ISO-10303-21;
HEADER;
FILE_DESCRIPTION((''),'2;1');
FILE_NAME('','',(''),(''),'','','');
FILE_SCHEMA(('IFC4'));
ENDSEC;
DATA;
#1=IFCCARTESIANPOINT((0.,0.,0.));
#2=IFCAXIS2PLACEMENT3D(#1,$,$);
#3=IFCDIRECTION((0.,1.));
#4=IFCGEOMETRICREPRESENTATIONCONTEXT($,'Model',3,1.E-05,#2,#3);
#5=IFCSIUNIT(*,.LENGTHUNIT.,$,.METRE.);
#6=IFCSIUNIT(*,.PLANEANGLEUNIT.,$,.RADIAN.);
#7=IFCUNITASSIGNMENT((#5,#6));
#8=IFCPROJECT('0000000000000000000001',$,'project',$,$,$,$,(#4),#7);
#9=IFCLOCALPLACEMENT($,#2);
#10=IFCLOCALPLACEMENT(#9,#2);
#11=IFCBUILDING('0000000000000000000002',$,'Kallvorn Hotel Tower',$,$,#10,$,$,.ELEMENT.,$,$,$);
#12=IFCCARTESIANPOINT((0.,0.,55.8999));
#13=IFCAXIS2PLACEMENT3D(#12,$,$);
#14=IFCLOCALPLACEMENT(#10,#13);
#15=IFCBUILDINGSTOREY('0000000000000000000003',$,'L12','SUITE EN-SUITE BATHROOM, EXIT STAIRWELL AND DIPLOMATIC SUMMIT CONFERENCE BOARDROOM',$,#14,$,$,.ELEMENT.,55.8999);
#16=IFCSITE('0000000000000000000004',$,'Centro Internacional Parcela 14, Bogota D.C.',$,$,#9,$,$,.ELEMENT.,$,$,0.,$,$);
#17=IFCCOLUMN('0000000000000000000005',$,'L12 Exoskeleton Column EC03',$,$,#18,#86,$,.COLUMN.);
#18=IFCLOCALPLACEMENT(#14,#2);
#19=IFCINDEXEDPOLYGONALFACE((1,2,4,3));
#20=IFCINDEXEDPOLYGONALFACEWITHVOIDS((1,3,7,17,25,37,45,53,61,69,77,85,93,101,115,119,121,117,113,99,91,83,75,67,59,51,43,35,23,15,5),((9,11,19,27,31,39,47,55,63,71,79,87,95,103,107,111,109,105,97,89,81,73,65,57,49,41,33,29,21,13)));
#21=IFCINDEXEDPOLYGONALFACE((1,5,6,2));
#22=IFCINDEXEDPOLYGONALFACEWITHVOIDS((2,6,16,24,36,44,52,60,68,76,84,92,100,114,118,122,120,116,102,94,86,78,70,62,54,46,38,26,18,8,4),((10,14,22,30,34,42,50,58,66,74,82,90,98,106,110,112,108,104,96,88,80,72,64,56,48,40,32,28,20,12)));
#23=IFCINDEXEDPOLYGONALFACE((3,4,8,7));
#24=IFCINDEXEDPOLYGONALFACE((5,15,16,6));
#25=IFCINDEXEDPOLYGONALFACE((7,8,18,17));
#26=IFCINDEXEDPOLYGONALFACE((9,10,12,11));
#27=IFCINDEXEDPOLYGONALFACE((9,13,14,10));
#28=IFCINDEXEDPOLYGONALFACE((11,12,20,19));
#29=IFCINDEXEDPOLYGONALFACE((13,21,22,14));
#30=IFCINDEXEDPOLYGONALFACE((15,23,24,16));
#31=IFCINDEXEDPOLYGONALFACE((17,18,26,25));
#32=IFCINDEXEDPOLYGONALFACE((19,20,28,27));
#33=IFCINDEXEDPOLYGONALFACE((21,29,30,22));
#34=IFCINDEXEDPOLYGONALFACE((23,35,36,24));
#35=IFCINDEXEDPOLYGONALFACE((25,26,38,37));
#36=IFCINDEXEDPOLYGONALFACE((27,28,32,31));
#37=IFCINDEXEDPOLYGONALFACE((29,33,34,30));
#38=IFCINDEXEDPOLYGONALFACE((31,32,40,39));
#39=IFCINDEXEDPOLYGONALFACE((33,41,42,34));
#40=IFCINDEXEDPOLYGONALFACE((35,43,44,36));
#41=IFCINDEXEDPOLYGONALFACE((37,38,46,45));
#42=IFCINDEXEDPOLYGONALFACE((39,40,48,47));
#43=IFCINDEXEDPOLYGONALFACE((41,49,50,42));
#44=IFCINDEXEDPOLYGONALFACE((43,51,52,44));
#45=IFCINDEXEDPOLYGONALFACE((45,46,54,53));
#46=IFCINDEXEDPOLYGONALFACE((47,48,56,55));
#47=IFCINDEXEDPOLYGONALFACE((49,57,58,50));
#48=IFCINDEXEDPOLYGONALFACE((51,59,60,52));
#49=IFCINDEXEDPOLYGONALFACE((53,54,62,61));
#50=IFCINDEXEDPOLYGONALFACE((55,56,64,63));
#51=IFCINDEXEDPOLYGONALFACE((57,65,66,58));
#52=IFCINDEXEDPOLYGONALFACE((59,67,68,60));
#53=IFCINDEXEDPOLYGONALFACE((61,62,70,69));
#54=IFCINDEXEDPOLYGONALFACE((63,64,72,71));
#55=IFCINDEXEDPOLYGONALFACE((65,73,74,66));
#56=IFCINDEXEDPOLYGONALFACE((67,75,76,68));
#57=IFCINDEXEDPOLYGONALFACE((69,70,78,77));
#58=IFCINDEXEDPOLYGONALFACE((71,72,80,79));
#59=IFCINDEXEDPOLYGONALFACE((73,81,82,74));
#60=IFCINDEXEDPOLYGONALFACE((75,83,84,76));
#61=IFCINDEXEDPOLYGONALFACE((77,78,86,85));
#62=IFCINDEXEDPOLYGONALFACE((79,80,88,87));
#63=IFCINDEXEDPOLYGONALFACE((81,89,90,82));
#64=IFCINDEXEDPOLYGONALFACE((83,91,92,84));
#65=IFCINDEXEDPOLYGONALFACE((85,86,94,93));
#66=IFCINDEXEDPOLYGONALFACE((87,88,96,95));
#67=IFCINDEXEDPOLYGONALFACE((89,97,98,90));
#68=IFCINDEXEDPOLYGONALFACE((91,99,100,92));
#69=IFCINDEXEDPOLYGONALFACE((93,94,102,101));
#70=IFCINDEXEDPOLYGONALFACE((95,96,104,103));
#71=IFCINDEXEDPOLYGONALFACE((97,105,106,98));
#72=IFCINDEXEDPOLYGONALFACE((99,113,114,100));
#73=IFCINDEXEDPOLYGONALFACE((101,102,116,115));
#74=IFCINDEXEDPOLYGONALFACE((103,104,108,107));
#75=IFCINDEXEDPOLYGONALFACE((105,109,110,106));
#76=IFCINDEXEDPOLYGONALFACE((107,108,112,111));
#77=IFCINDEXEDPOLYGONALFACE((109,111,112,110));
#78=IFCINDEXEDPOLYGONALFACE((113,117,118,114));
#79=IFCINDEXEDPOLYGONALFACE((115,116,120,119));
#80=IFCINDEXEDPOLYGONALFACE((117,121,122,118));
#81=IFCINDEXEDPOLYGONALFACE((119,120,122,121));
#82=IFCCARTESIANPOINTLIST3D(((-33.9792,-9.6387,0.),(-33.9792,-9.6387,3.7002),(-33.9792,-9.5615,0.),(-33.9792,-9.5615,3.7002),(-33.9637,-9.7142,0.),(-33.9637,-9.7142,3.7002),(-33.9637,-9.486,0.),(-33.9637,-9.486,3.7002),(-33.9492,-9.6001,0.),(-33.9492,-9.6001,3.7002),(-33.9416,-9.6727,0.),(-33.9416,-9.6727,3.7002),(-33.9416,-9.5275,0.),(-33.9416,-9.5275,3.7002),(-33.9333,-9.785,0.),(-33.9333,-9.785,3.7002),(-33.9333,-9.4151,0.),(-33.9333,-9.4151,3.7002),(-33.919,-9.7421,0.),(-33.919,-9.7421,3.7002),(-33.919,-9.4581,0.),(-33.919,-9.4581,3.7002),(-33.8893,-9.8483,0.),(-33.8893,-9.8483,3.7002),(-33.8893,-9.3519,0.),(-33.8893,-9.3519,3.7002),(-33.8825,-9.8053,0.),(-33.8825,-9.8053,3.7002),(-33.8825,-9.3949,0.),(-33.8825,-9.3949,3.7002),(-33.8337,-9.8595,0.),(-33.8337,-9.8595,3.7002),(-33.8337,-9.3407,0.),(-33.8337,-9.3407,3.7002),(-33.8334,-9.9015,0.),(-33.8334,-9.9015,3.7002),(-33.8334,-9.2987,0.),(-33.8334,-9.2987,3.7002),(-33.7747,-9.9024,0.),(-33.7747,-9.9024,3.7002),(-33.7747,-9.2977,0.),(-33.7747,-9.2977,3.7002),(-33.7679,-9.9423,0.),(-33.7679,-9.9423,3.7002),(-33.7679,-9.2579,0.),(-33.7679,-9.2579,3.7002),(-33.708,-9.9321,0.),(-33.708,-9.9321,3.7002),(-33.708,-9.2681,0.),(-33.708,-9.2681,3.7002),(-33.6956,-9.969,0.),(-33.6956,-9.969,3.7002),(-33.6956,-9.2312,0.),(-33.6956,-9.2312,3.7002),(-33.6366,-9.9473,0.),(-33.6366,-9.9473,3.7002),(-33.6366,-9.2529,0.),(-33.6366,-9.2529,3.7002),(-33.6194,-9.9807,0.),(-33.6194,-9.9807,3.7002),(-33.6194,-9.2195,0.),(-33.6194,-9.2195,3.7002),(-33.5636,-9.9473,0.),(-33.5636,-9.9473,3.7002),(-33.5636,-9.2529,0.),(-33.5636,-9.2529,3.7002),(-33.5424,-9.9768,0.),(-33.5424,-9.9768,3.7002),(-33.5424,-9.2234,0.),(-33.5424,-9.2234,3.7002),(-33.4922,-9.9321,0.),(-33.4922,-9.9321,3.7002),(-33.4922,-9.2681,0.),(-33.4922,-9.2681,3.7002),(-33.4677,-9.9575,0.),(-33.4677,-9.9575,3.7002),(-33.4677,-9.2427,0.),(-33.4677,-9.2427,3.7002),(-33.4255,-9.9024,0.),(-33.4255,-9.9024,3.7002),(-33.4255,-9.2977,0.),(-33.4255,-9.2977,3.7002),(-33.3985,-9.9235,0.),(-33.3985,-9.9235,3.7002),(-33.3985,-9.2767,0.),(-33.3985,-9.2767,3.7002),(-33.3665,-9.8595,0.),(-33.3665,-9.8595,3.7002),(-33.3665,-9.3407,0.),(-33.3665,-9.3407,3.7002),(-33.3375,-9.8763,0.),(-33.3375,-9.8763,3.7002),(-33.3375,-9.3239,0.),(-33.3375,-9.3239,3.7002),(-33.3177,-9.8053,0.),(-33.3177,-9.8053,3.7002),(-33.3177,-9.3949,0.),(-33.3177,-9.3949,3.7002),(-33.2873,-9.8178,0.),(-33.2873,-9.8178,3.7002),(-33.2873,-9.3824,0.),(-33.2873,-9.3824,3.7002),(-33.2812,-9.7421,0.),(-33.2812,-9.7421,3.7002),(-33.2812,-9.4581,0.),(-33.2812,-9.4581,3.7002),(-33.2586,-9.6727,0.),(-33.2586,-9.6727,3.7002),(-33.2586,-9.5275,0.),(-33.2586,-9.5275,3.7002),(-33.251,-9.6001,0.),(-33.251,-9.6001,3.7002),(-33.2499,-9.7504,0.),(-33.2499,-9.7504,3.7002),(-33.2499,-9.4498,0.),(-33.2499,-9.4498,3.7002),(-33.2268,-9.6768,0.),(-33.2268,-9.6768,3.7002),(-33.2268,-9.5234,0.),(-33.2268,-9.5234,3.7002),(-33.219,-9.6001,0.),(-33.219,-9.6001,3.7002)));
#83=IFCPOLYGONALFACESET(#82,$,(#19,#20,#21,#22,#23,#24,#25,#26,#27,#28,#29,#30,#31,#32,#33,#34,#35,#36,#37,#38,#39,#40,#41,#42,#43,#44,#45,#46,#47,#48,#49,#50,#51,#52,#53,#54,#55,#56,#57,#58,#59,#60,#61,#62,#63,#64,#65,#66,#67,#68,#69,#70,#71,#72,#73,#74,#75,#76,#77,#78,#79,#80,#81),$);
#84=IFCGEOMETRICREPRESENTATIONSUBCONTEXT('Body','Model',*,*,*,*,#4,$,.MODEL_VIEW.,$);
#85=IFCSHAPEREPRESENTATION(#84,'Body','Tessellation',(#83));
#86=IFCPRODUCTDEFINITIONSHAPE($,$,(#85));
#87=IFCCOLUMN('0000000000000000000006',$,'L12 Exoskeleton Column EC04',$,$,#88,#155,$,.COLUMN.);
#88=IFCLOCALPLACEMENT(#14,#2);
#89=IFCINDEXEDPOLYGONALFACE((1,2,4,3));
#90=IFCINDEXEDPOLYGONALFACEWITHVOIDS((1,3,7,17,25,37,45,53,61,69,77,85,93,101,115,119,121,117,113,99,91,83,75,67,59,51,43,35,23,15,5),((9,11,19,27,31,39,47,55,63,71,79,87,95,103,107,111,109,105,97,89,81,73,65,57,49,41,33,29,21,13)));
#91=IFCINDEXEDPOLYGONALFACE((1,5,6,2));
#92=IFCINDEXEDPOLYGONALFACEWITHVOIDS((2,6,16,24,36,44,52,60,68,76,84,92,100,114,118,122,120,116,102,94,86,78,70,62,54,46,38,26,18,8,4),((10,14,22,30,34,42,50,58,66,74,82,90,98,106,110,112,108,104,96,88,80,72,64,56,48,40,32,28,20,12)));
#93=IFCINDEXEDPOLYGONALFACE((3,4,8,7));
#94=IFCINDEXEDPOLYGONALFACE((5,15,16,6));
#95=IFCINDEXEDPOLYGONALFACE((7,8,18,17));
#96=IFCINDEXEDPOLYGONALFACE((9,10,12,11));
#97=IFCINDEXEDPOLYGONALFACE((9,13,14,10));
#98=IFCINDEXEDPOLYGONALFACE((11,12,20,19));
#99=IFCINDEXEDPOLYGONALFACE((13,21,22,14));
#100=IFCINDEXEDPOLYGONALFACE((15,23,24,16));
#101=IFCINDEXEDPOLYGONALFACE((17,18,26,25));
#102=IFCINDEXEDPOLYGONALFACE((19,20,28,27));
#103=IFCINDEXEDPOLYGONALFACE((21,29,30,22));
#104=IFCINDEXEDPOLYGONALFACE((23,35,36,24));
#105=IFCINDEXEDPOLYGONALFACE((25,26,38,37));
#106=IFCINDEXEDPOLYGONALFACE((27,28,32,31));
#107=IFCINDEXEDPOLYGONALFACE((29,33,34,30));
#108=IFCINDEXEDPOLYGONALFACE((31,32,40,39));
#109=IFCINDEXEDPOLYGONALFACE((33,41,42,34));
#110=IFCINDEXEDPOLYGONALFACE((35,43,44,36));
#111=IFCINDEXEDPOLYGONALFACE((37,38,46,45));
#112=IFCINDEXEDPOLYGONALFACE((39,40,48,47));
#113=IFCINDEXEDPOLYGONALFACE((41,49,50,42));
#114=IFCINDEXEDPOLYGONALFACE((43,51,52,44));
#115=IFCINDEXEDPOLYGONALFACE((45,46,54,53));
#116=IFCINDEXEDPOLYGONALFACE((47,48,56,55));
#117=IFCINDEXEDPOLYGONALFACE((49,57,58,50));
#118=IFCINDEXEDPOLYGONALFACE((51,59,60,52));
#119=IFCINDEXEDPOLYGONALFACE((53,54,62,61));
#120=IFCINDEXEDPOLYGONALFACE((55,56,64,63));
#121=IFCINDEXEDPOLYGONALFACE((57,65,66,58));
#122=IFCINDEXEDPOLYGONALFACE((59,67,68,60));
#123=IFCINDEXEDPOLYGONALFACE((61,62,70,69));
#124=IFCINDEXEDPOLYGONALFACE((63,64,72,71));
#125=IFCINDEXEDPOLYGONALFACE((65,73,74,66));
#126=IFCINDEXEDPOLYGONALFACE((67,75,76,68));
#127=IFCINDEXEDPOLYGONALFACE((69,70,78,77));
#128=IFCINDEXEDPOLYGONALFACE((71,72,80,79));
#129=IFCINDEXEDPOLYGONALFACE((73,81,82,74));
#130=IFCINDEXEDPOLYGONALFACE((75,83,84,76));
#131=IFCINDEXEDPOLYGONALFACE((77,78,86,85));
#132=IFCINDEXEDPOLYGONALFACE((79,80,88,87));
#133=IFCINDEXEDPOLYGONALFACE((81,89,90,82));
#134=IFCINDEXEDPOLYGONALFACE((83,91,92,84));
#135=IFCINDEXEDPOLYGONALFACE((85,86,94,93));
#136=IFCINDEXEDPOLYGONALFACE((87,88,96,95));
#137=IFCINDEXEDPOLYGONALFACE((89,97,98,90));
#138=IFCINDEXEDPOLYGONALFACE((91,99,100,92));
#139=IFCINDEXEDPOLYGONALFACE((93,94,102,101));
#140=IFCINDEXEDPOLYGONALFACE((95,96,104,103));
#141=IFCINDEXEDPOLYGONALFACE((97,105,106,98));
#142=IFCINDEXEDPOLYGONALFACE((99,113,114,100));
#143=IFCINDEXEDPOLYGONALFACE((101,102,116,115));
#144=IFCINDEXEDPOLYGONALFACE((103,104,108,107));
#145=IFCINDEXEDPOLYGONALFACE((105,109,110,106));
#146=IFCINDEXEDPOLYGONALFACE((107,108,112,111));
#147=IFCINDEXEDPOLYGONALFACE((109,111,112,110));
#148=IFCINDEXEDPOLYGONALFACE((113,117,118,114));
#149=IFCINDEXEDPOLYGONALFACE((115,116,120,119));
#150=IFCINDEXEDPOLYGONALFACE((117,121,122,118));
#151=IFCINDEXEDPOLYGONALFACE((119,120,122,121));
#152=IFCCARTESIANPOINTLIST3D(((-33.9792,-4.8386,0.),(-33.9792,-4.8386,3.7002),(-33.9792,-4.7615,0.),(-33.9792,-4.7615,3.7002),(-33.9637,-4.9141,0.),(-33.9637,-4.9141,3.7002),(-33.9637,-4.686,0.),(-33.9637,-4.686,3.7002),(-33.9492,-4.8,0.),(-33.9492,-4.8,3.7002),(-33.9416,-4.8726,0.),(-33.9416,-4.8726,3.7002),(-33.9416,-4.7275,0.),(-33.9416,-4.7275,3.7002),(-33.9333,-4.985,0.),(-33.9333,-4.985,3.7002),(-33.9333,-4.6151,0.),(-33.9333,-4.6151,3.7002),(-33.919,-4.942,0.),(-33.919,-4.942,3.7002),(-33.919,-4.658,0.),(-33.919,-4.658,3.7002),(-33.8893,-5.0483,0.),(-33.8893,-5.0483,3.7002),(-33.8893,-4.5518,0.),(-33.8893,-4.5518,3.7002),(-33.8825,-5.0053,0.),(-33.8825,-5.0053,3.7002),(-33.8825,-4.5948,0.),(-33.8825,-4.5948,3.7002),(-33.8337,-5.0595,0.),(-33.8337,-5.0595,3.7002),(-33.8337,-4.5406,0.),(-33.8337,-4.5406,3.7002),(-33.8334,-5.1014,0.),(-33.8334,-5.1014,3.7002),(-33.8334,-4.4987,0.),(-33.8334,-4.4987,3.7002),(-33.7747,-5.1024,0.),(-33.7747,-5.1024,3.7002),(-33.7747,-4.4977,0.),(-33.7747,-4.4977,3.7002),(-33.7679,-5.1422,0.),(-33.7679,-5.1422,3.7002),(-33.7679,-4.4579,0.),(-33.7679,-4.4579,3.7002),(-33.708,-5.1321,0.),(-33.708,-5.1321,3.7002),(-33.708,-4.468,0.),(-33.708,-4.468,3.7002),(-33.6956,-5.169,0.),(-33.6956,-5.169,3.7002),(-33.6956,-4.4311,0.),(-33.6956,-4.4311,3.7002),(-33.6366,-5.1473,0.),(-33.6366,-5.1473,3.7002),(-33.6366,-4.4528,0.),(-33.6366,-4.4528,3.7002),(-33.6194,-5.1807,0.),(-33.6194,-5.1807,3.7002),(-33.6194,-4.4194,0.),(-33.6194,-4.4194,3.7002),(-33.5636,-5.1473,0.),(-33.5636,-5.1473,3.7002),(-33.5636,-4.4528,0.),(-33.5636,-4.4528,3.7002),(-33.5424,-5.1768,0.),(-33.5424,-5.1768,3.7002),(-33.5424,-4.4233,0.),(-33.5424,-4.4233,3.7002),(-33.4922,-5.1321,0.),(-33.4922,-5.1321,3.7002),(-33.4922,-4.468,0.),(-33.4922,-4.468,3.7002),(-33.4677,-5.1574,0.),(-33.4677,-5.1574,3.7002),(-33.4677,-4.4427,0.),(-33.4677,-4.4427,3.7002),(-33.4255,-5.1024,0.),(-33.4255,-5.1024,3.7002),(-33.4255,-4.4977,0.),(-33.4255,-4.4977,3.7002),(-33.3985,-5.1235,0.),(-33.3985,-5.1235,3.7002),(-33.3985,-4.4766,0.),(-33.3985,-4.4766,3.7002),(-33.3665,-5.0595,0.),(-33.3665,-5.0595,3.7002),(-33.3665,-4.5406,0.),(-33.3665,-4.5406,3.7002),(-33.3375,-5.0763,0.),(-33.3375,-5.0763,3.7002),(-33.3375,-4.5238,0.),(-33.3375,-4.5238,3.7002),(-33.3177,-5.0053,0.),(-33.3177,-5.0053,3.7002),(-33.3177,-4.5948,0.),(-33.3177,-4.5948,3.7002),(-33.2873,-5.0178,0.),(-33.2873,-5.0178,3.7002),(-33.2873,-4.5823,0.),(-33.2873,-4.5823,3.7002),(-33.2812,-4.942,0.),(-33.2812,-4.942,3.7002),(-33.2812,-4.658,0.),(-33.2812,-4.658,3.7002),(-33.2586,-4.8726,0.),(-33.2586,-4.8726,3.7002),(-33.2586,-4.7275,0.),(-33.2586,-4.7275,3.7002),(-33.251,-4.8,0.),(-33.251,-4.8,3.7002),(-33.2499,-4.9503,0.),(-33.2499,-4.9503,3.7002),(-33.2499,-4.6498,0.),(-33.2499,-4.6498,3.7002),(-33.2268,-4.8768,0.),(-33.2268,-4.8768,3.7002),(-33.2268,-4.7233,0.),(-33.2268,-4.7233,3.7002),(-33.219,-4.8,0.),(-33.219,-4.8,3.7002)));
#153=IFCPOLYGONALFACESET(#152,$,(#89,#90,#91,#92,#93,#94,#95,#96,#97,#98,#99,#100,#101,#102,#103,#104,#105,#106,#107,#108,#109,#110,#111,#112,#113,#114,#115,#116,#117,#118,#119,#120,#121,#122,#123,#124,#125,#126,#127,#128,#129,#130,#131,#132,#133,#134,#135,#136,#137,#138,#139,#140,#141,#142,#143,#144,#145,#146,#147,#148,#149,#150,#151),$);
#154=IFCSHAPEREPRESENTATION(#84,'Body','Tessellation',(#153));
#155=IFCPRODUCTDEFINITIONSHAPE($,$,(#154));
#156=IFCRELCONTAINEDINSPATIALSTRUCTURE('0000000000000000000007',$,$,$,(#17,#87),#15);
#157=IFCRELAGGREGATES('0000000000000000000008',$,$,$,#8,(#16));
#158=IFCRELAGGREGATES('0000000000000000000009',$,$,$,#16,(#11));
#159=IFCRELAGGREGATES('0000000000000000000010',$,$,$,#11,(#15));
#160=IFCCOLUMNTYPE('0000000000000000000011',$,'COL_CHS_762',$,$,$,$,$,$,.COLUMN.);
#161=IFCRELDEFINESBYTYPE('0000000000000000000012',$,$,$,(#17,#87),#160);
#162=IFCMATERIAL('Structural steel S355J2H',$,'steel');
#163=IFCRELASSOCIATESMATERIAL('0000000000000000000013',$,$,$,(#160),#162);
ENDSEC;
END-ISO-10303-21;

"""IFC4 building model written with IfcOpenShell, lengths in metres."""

from ifc_helpers import new_model, si_unit, direction, frame, origin, origin_2d, place, context, subcontext, project, spatial, hollow_circle, extrude, material, material_profile, profile_set, type_object, element, save


model = new_model("IFC4")

# Units and contexts
model_context = context("Model", 3, precision=1e-05, world=origin(), true_north=direction((0.0, 1.0)))
body_context = subcontext(model_context, "Body", "Model", "MODEL_VIEW")
ifc_project = project(units=[si_unit("LENGTHUNIT", "METRE"), si_unit("PLANEANGLEUNIT", "RADIAN")], contexts=[model_context])

# Site, building, storey
site_placement = place(None, origin())
site = spatial("IfcSite", under=ifc_project, at=site_placement, Name="Centro Internacional Parcela 14, Bogota D.C.", CompositionType="ELEMENT", RefElevation=0.0)
building_placement = place(site_placement, origin())
building = spatial("IfcBuilding", under=site, at=building_placement, Name="Kallvorn Hotel Tower", CompositionType="ELEMENT")
storey_placement = place(building_placement, frame((0.0, 0.0, 55.8999)))
storey = spatial("IfcBuildingStorey", under=building, at=storey_placement, Name="L12", Description="SUITE EN-SUITE BATHROOM, EXIT STAIRWELL AND DIPLOMATIC SUMMIT CONFERENCE BOARDROOM", CompositionType="ELEMENT", Elevation=55.8999)

# Columns
ifc_material_1 = material(Name="Structural steel S355J2H", Category="steel")
ifc_material_profile_1 = material_profile(ifc_material_1, hollow_circle(Radius=0.3811, WallThickness=0.032, at=origin_2d()), Name="CHS 762x32")
ifc_profile_set_1 = profile_set([ifc_material_profile_1], Name="Structural steel S355J2H")
column_type = type_object("IfcColumnType", Name="COL_CHS_762", PredefinedType="COLUMN", material=ifc_profile_set_1)
for number, where, z_axis, x_axis, name in (
    (1, (-33.6001, -9.6001, 0.0), (0.0, 0.0, 1.0), (1.0, 0.0, 0.0), "L12 Exoskeleton Column EC03"),
    (2, (-33.6001, -4.8, 0.0), (0.0, 0.0, 1.0), (1.0, 0.0, 0.0), "L12 Exoskeleton Column EC04"),
):
    element("IfcColumn", number, at=place(storey_placement, frame(where, z_axis=z_axis, x_axis=x_axis)), inside=storey, type_object=column_type, Name=name, PredefinedType="COLUMN", context=body_context, shape_type="SweptSolid", body=[
        extrude(hollow_circle(Radius=0.3811, WallThickness=0.032, at=origin_2d()), origin(), (0.0, 0.0, 1.0), 3.7002),
    ])

save(model, "model.ifc")
